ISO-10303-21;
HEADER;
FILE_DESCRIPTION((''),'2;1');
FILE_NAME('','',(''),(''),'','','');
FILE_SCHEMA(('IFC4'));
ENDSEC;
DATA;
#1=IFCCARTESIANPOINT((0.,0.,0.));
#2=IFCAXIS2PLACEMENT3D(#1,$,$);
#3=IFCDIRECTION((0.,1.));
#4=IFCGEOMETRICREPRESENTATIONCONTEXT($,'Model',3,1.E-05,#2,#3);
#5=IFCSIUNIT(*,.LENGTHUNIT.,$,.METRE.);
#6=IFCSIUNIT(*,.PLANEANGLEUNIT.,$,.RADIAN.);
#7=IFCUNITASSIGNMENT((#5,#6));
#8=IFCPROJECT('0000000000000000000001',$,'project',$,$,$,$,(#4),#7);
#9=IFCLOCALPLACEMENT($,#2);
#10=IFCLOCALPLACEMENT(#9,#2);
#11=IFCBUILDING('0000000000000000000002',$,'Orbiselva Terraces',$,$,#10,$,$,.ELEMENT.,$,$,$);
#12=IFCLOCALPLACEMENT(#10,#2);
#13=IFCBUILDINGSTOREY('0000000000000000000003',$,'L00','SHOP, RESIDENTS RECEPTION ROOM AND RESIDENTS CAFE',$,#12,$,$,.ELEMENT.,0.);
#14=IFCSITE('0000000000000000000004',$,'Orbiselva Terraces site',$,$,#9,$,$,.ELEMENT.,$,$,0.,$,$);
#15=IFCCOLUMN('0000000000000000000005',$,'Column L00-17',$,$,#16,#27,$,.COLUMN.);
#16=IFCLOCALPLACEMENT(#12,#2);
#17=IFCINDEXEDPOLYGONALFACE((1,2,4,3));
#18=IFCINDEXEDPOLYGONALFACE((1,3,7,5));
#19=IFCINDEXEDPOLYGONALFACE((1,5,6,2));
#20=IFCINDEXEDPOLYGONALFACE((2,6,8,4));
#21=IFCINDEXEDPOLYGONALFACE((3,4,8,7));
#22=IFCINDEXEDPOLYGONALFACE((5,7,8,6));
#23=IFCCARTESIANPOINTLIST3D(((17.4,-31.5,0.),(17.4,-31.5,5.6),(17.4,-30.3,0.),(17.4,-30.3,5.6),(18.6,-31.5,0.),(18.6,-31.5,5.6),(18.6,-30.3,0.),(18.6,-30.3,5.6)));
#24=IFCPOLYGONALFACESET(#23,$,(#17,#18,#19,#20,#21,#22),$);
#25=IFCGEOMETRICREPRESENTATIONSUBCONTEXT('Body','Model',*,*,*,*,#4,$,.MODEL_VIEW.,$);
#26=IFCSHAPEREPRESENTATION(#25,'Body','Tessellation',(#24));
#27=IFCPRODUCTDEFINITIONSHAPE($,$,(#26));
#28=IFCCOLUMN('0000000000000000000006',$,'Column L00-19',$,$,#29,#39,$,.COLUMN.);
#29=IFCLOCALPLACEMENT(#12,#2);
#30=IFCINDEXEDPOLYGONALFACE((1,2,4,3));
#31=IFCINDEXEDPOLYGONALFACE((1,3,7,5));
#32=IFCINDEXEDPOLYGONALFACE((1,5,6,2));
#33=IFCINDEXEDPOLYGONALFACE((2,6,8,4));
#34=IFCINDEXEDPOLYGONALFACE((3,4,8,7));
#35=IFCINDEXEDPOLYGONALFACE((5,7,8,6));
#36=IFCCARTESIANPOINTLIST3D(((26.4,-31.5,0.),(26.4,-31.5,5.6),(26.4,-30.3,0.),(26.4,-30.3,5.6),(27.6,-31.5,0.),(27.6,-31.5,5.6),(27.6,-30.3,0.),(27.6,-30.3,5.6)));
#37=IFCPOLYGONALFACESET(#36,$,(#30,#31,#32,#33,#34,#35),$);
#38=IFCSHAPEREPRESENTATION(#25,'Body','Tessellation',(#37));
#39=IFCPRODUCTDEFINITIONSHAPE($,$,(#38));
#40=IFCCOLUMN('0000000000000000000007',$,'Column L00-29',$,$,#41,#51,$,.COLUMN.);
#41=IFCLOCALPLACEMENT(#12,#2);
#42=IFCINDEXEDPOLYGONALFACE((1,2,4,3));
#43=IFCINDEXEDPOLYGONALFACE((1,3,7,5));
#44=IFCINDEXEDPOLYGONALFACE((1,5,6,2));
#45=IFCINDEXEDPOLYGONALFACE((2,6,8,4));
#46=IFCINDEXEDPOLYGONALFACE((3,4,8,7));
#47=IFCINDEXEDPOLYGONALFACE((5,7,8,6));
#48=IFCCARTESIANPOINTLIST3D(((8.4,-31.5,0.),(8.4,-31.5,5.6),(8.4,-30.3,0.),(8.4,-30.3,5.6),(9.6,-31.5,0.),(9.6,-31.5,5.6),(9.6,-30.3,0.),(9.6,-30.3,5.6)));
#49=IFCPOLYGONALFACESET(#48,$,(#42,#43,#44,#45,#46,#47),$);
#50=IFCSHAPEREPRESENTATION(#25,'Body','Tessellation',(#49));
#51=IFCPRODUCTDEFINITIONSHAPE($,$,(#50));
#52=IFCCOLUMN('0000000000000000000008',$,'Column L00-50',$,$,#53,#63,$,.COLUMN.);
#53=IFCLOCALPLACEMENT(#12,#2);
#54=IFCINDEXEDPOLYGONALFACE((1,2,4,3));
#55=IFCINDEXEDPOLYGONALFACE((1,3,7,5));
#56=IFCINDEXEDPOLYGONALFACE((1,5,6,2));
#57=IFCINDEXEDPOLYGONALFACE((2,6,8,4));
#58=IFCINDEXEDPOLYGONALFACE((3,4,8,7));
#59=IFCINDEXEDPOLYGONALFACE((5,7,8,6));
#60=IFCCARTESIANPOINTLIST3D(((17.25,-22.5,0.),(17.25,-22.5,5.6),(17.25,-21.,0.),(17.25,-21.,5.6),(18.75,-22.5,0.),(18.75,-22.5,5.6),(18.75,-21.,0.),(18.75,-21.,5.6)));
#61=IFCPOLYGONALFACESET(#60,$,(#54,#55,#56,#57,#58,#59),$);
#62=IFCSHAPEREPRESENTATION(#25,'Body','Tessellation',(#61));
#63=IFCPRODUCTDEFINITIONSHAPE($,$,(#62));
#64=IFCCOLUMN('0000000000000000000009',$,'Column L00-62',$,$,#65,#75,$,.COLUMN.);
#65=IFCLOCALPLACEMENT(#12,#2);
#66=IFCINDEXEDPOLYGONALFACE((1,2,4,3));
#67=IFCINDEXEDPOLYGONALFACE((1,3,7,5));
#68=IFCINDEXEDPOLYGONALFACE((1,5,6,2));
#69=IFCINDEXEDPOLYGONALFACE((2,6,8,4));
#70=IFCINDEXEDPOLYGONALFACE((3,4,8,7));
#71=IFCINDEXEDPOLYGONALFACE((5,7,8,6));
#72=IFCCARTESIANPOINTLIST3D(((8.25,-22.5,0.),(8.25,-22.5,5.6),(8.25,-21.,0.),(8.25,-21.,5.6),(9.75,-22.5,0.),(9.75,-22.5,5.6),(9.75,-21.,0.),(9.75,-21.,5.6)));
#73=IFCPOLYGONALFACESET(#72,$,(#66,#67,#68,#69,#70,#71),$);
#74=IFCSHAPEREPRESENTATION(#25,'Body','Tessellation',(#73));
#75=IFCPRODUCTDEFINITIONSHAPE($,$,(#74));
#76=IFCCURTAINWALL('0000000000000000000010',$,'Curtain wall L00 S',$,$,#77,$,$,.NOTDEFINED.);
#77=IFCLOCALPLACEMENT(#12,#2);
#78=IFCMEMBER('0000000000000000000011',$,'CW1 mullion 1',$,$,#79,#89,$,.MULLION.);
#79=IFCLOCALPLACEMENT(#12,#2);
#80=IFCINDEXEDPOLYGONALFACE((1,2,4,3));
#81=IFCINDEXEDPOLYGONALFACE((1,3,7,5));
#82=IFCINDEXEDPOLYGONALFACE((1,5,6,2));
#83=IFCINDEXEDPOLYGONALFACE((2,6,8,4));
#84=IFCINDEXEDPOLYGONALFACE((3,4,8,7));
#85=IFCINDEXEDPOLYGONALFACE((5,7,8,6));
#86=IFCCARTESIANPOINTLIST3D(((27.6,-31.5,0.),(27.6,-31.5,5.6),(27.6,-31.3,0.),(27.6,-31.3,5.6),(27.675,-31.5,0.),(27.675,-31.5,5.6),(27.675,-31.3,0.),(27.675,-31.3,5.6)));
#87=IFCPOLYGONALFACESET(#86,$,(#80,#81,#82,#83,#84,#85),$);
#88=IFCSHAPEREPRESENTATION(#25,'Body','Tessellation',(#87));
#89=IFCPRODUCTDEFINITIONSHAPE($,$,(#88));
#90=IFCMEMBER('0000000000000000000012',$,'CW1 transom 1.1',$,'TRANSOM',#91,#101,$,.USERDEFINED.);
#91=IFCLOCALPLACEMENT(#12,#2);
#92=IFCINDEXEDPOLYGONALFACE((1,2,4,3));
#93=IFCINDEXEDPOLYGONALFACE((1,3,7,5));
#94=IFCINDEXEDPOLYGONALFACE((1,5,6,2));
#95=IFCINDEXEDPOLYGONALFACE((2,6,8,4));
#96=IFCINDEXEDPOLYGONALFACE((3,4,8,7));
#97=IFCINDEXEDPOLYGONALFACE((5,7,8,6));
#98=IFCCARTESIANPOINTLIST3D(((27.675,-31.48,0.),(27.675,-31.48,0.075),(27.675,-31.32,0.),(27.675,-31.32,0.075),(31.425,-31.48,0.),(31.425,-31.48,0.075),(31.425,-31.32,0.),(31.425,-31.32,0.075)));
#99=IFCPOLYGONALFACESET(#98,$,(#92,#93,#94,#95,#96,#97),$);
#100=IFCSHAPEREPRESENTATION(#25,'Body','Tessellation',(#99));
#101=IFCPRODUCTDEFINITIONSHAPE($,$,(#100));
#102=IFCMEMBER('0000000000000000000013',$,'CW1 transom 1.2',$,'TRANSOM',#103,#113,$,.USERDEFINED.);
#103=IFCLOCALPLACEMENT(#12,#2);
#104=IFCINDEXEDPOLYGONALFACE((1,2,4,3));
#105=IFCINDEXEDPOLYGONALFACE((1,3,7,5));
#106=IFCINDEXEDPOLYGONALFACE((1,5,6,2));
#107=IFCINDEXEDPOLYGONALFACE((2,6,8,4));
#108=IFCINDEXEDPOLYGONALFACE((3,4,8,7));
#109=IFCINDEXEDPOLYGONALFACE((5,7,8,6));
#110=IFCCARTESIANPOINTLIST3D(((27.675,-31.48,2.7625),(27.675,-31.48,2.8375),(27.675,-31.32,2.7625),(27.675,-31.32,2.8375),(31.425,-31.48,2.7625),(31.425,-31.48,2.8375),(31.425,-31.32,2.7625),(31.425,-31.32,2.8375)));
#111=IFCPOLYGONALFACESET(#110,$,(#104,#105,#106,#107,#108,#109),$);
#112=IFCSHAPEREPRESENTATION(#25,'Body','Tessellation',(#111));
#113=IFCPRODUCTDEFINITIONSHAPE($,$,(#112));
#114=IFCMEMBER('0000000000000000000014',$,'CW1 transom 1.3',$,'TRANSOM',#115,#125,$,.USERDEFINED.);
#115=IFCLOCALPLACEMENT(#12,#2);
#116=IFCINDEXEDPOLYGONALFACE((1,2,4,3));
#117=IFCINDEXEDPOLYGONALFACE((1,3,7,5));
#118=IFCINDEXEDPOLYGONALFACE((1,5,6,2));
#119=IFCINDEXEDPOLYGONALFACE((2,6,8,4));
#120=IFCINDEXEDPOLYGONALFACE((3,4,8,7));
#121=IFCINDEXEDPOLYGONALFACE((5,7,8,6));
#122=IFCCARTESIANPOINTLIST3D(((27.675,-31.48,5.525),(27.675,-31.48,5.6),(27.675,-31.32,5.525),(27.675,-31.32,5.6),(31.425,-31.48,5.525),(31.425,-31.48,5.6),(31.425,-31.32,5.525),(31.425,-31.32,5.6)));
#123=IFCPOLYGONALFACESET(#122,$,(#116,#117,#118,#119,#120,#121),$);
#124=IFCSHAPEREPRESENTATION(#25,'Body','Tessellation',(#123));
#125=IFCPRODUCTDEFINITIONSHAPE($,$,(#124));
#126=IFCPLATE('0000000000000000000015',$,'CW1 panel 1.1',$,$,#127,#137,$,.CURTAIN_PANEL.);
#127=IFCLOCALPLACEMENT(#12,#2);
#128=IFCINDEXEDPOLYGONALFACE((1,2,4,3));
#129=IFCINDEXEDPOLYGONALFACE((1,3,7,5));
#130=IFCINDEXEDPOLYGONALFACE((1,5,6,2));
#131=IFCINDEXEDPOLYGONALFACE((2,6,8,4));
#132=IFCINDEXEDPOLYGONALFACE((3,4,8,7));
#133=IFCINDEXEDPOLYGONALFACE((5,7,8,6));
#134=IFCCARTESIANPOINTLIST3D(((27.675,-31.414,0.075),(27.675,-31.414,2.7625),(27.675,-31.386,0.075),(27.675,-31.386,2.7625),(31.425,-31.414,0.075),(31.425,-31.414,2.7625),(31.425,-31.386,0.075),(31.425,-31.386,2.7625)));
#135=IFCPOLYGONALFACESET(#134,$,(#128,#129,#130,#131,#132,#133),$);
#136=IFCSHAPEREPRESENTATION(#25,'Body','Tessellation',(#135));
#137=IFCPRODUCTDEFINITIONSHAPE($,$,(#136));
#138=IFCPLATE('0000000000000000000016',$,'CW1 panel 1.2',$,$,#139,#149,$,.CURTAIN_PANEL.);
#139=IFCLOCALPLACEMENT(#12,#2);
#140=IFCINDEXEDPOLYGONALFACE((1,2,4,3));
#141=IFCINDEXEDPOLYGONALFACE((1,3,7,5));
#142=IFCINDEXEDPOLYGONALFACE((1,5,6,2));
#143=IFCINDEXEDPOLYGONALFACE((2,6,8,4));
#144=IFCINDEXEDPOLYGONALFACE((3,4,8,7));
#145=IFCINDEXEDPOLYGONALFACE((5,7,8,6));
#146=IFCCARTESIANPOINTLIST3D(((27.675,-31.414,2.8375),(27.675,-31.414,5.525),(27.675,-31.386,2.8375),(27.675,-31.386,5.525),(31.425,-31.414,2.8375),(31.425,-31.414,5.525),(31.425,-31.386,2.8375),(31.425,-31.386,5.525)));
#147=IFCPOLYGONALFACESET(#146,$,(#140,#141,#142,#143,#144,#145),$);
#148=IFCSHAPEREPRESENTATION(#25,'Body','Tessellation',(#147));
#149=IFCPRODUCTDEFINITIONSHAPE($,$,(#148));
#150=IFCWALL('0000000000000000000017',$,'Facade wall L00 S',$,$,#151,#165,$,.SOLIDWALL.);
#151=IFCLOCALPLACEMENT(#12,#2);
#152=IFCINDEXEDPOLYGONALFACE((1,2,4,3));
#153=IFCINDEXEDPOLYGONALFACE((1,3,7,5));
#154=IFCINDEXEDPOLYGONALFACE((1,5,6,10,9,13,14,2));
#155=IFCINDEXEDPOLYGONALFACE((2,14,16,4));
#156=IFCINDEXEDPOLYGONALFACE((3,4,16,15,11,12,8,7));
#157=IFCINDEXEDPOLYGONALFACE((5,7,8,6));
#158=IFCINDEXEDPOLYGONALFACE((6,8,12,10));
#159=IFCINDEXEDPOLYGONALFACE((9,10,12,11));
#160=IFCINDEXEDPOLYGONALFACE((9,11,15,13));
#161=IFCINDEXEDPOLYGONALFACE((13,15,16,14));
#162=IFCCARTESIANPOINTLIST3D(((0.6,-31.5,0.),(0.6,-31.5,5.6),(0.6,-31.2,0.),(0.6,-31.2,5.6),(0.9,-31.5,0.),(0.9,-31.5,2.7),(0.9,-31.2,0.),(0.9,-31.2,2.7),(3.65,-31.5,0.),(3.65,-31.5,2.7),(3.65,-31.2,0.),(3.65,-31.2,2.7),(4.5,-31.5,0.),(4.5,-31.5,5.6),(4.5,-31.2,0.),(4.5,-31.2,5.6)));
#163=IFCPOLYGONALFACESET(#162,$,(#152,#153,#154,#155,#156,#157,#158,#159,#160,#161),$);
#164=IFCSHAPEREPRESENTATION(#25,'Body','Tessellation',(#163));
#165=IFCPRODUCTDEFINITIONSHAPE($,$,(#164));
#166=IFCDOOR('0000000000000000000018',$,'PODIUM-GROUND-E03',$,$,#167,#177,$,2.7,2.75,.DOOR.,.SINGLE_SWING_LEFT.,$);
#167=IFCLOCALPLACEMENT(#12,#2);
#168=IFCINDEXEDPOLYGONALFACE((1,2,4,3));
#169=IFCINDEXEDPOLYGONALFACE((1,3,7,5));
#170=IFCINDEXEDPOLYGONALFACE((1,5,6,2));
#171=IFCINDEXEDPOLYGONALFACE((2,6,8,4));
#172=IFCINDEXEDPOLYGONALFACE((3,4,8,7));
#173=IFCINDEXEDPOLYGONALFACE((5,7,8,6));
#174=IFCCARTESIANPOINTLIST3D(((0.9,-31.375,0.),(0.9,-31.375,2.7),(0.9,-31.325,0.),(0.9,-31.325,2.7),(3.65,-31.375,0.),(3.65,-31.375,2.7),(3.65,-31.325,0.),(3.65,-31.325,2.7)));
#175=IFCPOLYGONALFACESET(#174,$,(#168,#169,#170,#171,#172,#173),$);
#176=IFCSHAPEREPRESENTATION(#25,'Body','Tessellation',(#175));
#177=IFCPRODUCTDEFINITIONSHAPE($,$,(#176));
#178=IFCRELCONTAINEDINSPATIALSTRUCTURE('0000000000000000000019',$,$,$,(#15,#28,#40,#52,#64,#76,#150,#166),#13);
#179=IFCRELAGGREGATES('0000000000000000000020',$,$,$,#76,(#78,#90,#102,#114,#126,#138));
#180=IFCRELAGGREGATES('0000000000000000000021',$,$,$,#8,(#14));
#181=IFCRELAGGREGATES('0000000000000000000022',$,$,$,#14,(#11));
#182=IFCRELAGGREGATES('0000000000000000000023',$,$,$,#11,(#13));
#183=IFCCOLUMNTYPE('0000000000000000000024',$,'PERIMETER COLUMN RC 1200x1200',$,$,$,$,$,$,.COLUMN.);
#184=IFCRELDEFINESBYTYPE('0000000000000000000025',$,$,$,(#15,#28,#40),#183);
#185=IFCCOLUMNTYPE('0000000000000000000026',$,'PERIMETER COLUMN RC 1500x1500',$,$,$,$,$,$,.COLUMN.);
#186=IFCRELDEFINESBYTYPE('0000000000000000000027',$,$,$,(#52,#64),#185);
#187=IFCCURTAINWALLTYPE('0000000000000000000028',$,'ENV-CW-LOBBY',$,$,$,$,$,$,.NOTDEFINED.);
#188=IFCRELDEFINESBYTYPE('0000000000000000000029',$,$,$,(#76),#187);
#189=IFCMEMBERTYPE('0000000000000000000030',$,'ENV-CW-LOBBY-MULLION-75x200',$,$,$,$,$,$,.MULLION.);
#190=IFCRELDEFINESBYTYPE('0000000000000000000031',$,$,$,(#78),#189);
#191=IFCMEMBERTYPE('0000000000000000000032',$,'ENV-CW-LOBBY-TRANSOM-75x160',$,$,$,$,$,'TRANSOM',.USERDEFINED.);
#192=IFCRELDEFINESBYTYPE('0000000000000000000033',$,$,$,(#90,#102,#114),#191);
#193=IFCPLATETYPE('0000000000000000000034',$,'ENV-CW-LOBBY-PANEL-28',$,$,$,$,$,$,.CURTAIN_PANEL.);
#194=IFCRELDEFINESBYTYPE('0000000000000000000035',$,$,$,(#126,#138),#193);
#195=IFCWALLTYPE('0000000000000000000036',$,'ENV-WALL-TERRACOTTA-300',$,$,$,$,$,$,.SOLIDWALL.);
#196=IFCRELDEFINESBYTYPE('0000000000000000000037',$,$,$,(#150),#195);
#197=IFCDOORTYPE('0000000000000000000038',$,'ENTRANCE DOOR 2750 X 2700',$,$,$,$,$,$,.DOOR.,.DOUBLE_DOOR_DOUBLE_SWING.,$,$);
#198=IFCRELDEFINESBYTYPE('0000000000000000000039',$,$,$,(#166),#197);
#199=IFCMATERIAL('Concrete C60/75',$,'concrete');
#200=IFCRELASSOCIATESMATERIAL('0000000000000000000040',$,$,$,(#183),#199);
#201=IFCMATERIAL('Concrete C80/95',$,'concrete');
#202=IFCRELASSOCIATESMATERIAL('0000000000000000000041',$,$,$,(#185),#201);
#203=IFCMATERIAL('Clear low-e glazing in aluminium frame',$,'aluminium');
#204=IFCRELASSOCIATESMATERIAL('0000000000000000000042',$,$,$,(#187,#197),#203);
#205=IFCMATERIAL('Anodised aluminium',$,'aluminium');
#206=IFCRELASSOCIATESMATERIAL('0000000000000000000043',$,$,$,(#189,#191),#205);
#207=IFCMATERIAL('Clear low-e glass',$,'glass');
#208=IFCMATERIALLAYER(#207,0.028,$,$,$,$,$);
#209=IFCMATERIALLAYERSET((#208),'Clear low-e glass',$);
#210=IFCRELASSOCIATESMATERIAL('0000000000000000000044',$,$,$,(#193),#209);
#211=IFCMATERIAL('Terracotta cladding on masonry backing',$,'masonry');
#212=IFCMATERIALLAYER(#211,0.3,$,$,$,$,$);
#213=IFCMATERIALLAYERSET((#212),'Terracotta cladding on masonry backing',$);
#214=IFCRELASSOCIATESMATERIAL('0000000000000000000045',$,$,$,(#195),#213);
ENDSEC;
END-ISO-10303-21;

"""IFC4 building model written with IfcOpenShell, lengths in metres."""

from ifc_helpers import new_model, si_unit, direction, frame, frame_2d, origin, origin_2d, place, context, subcontext, project, spatial, rectangle, extrude, material, layer, layer_set, material_profile, profile_set, type_object, element, fill, aggregate, save


model = new_model("IFC4")

# Units and contexts
model_context = context("Model", 3, precision=1e-05, world=origin(), true_north=direction((0.0, 1.0)))
body_context = subcontext(model_context, "Body", "Model", "MODEL_VIEW")
ifc_project = project(units=[si_unit("LENGTHUNIT", "METRE"), si_unit("PLANEANGLEUNIT", "RADIAN")], contexts=[model_context])

# Site, building, storey
site_placement = place(None, origin())
site = spatial("IfcSite", under=ifc_project, at=site_placement, Name="Orbiselva Terraces site", CompositionType="ELEMENT", RefElevation=0.0)
building_placement = place(site_placement, origin())
building = spatial("IfcBuilding", under=site, at=building_placement, Name="Orbiselva Terraces", CompositionType="ELEMENT")
storey_placement = place(building_placement, origin())
storey = spatial("IfcBuildingStorey", under=building, at=storey_placement, Name="L00", Description="SHOP, RESIDENTS RECEPTION ROOM AND RESIDENTS CAFE", CompositionType="ELEMENT", Elevation=0.0)

# Columns
ifc_material_1 = material(Name="Concrete C60/75", Category="concrete")
ifc_material_profile_1 = material_profile(ifc_material_1, rectangle(XDim=1.2, YDim=1.2, at=origin_2d()), Name="RC 1200x1200")
ifc_profile_set_1 = profile_set([ifc_material_profile_1], Name="Concrete C60/75")
column_type_1 = type_object("IfcColumnType", Name="PERIMETER COLUMN RC 1200x1200", PredefinedType="COLUMN", material=ifc_profile_set_1)
for number, where, z_axis, x_axis, name in (
    (1, (18.0, -30.9, 0.0), (0.0, 0.0, 1.0), (1.0, 0.0, 0.0), "Column L00-17"),
    (2, (27.0, -30.9, 0.0), (0.0, 0.0, 1.0), (1.0, 0.0, 0.0), "Column L00-19"),
    (3, (9.0, -30.9, 0.0), (0.0, 0.0, 1.0), (1.0, 0.0, 0.0), "Column L00-29"),
):
    element("IfcColumn", number, at=place(storey_placement, frame(where, z_axis=z_axis, x_axis=x_axis)), inside=storey, type_object=column_type_1, Name=name, PredefinedType="COLUMN", context=body_context, shape_type="SweptSolid", body=[
        extrude(rectangle(XDim=1.2, YDim=1.2, at=origin_2d()), origin(), (0.0, 0.0, 1.0), 5.6),
    ])
ifc_material_2 = material(Name="Concrete C80/95", Category="concrete")
ifc_material_profile_2 = material_profile(ifc_material_2, rectangle(XDim=1.5, YDim=1.5, at=origin_2d()), Name="RC 1500x1500")
ifc_profile_set_2 = profile_set([ifc_material_profile_2], Name="Concrete C80/95")
column_type_2 = type_object("IfcColumnType", Name="PERIMETER COLUMN RC 1500x1500", PredefinedType="COLUMN", material=ifc_profile_set_2)
for number, where, z_axis, x_axis, name in (
    (4, (18.0, -21.75, 0.0), (0.0, 0.0, 1.0), (1.0, 0.0, 0.0), "Column L00-50"),
    (5, (9.0, -21.75, 0.0), (0.0, 0.0, 1.0), (1.0, 0.0, 0.0), "Column L00-62"),
):
    element("IfcColumn", number, at=place(storey_placement, frame(where, z_axis=z_axis, x_axis=x_axis)), inside=storey, type_object=column_type_2, Name=name, PredefinedType="COLUMN", context=body_context, shape_type="SweptSolid", body=[
        extrude(rectangle(XDim=1.5, YDim=1.5, at=origin_2d()), origin(), (0.0, 0.0, 1.0), 5.6),
    ])

# Curtain wall, members, plates
ifc_material_3 = material(Name="Clear low-e glazing in aluminium frame", Category="aluminium")
curtain_wall_type = type_object("IfcCurtainWallType", Name="ENV-CW-LOBBY", PredefinedType="NOTDEFINED", material=ifc_material_3)
curtain_wall_placement = place(storey_placement, origin())
curtain_wall = element("IfcCurtainWall", 6, at=curtain_wall_placement, inside=storey, type_object=curtain_wall_type, Name="Curtain wall L00 S", PredefinedType="NOTDEFINED")
ifc_material_4 = material(Name="Anodised aluminium", Category="aluminium")
ifc_material_profile_3 = material_profile(ifc_material_4, rectangle(XDim=0.2, YDim=0.075, at=origin_2d()), Name="AL 75x200")
ifc_profile_set_3 = profile_set([ifc_material_profile_3], Name="Anodised aluminium")
member_type_1 = type_object("IfcMemberType", Name="ENV-CW-LOBBY-MULLION-75x200", PredefinedType="MULLION", material=ifc_profile_set_3)
member_1_placement = place(storey_placement, frame((27.6375, -31.4, 0.0), z_axis=(0.0, 0.0, 1.0), x_axis=(0.0, 1.0, 0.0)))
member_1 = element("IfcMember", 7, at=member_1_placement, type_object=member_type_1, Name="CW1 mullion 1", PredefinedType="MULLION", context=body_context, shape_type="SweptSolid", body=[
    extrude(rectangle(XDim=0.2, YDim=0.075, at=origin_2d()), origin(), (0.0, 0.0, 1.0), 5.6),
])
ifc_material_profile_4 = material_profile(ifc_material_4, rectangle(XDim=0.16, YDim=0.075, at=origin_2d()), Name="AL 75x160")
ifc_profile_set_4 = profile_set([ifc_material_profile_4], Name="Anodised aluminium")
member_type_2 = type_object("IfcMemberType", Name="ENV-CW-LOBBY-TRANSOM-75x160", ElementType="TRANSOM", PredefinedType="USERDEFINED", material=ifc_profile_set_4)
member_2_placement = place(storey_placement, frame((27.675, -31.4, 0.0375), z_axis=(1.0, 0.0, 0.0), x_axis=(0.0, 1.0, 0.0)))
member_2 = element("IfcMember", 8, at=member_2_placement, type_object=member_type_2, Name="CW1 transom 1.1", ObjectType="TRANSOM", PredefinedType="USERDEFINED", context=body_context, shape_type="SweptSolid", body=[
    extrude(rectangle(XDim=0.16, YDim=0.075, at=origin_2d()), origin(), (0.0, 0.0, 1.0), 3.75),
])
member_3_placement = place(storey_placement, frame((27.675, -31.4, 2.8), z_axis=(1.0, 0.0, 0.0), x_axis=(0.0, 1.0, 0.0)))
member_3 = element("IfcMember", 9, at=member_3_placement, type_object=member_type_2, Name="CW1 transom 1.2", ObjectType="TRANSOM", PredefinedType="USERDEFINED", context=body_context, shape_type="SweptSolid", body=[
    extrude(rectangle(XDim=0.16, YDim=0.075, at=origin_2d()), origin(), (0.0, 0.0, 1.0), 3.75),
])
member_4_placement = place(storey_placement, frame((27.675, -31.4, 5.5625), z_axis=(1.0, 0.0, 0.0), x_axis=(0.0, 1.0, 0.0)))
member_4 = element("IfcMember", 10, at=member_4_placement, type_object=member_type_2, Name="CW1 transom 1.3", ObjectType="TRANSOM", PredefinedType="USERDEFINED", context=body_context, shape_type="SweptSolid", body=[
    extrude(rectangle(XDim=0.16, YDim=0.075, at=origin_2d()), origin(), (0.0, 0.0, 1.0), 3.75),
])
ifc_material_5 = material(Name="Clear low-e glass", Category="glass")
ifc_layer_1 = layer(ifc_material_5, 0.028)
ifc_layer_set_1 = layer_set([ifc_layer_1], Name="Clear low-e glass")
plate_type = type_object("IfcPlateType", Name="ENV-CW-LOBBY-PANEL-28", PredefinedType="CURTAIN_PANEL", material=ifc_layer_set_1)
plate_1_placement = place(storey_placement, frame((29.55, -31.4, 0.075), z_axis=(0.0, 0.0, 1.0), x_axis=(1.0, 0.0, 0.0)))
plate_1 = element("IfcPlate", 11, at=plate_1_placement, type_object=plate_type, Name="CW1 panel 1.1", PredefinedType="CURTAIN_PANEL", context=body_context, shape_type="SweptSolid", body=[
    extrude(rectangle(XDim=3.75, YDim=0.028, at=origin_2d()), origin(), (0.0, 0.0, 1.0), 2.6875),
])
plate_2_placement = place(storey_placement, frame((29.55, -31.4, 2.8375), z_axis=(0.0, 0.0, 1.0), x_axis=(1.0, 0.0, 0.0)))
plate_2 = element("IfcPlate", 12, at=plate_2_placement, type_object=plate_type, Name="CW1 panel 1.2", PredefinedType="CURTAIN_PANEL", context=body_context, shape_type="SweptSolid", body=[
    extrude(rectangle(XDim=3.75, YDim=0.028, at=origin_2d()), origin(), (0.0, 0.0, 1.0), 2.6875),
])
aggregate(curtain_wall, [member_1, member_2, member_3, member_4, plate_1, plate_2])

# Wall, opening, door
ifc_material_6 = material(Name="Terracotta cladding on masonry backing", Category="masonry")
ifc_layer_2 = layer(ifc_material_6, 0.3)
ifc_layer_set_2 = layer_set([ifc_layer_2], Name="Terracotta cladding on masonry backing")
wall_type_1 = type_object("IfcWallType", Name="ENV-WALL-TERRACOTTA-300", PredefinedType="SOLIDWALL", material=ifc_layer_set_2)
wall_1_placement = place(storey_placement, frame((4.5, -31.35, 0.0), z_axis=(0.0, 0.0, 1.0), x_axis=(-1.0, 0.0, 0.0)))
wall_1 = element("IfcWall", 13, at=wall_1_placement, inside=storey, type_object=wall_type_1, Name="Facade wall L00 S", PredefinedType="SOLIDWALL", context=body_context, shape_type="SweptSolid", body=[
    extrude(rectangle(XDim=3.9, YDim=0.3, at=frame_2d((1.95, 0.0))), origin(), (0.0, 0.0, 1.0), 5.6),
])
opening_1_placement = place(wall_1_placement, frame((0.85, 0.0, 0.0)))
opening_1 = element("IfcOpeningElement", 14, at=opening_1_placement, cuts=wall_1, PredefinedType="OPENING", context=body_context, shape_type="SweptSolid", body=[
    extrude(rectangle(XDim=2.75, YDim=2.7, at=frame_2d((1.375, 1.35))), frame((0.0, 0.16, 0.0), z_axis=(0.0, -1.0, 0.0), x_axis=(1.0, 0.0, 0.0)), (0.0, 0.0, 1.0), 0.32),
])
door_type_1 = type_object("IfcDoorType", Name="ENTRANCE DOOR 2750 X 2700", OperationType="DOUBLE_DOOR_DOUBLE_SWING", PredefinedType="DOOR", material=ifc_material_3)
door_1_placement = place(opening_1_placement, origin())
door_1 = element("IfcDoor", 15, at=door_1_placement, inside=storey, type_object=door_type_1, Name="PODIUM-GROUND-E03", OperationType="SINGLE_SWING_LEFT", OverallHeight=2.7, OverallWidth=2.75, PredefinedType="DOOR", context=body_context, shape_type="SweptSolid", body=[
    extrude(rectangle(XDim=2.75, YDim=2.7, at=frame_2d((1.375, 1.35))), frame((0.0, 0.025, 0.0), z_axis=(0.0, -1.0, 0.0), x_axis=(1.0, 0.0, 0.0)), (0.0, 0.0, 1.0), 0.05),
])
fill(opening_1, door_1)

save(model, "model.ifc")
